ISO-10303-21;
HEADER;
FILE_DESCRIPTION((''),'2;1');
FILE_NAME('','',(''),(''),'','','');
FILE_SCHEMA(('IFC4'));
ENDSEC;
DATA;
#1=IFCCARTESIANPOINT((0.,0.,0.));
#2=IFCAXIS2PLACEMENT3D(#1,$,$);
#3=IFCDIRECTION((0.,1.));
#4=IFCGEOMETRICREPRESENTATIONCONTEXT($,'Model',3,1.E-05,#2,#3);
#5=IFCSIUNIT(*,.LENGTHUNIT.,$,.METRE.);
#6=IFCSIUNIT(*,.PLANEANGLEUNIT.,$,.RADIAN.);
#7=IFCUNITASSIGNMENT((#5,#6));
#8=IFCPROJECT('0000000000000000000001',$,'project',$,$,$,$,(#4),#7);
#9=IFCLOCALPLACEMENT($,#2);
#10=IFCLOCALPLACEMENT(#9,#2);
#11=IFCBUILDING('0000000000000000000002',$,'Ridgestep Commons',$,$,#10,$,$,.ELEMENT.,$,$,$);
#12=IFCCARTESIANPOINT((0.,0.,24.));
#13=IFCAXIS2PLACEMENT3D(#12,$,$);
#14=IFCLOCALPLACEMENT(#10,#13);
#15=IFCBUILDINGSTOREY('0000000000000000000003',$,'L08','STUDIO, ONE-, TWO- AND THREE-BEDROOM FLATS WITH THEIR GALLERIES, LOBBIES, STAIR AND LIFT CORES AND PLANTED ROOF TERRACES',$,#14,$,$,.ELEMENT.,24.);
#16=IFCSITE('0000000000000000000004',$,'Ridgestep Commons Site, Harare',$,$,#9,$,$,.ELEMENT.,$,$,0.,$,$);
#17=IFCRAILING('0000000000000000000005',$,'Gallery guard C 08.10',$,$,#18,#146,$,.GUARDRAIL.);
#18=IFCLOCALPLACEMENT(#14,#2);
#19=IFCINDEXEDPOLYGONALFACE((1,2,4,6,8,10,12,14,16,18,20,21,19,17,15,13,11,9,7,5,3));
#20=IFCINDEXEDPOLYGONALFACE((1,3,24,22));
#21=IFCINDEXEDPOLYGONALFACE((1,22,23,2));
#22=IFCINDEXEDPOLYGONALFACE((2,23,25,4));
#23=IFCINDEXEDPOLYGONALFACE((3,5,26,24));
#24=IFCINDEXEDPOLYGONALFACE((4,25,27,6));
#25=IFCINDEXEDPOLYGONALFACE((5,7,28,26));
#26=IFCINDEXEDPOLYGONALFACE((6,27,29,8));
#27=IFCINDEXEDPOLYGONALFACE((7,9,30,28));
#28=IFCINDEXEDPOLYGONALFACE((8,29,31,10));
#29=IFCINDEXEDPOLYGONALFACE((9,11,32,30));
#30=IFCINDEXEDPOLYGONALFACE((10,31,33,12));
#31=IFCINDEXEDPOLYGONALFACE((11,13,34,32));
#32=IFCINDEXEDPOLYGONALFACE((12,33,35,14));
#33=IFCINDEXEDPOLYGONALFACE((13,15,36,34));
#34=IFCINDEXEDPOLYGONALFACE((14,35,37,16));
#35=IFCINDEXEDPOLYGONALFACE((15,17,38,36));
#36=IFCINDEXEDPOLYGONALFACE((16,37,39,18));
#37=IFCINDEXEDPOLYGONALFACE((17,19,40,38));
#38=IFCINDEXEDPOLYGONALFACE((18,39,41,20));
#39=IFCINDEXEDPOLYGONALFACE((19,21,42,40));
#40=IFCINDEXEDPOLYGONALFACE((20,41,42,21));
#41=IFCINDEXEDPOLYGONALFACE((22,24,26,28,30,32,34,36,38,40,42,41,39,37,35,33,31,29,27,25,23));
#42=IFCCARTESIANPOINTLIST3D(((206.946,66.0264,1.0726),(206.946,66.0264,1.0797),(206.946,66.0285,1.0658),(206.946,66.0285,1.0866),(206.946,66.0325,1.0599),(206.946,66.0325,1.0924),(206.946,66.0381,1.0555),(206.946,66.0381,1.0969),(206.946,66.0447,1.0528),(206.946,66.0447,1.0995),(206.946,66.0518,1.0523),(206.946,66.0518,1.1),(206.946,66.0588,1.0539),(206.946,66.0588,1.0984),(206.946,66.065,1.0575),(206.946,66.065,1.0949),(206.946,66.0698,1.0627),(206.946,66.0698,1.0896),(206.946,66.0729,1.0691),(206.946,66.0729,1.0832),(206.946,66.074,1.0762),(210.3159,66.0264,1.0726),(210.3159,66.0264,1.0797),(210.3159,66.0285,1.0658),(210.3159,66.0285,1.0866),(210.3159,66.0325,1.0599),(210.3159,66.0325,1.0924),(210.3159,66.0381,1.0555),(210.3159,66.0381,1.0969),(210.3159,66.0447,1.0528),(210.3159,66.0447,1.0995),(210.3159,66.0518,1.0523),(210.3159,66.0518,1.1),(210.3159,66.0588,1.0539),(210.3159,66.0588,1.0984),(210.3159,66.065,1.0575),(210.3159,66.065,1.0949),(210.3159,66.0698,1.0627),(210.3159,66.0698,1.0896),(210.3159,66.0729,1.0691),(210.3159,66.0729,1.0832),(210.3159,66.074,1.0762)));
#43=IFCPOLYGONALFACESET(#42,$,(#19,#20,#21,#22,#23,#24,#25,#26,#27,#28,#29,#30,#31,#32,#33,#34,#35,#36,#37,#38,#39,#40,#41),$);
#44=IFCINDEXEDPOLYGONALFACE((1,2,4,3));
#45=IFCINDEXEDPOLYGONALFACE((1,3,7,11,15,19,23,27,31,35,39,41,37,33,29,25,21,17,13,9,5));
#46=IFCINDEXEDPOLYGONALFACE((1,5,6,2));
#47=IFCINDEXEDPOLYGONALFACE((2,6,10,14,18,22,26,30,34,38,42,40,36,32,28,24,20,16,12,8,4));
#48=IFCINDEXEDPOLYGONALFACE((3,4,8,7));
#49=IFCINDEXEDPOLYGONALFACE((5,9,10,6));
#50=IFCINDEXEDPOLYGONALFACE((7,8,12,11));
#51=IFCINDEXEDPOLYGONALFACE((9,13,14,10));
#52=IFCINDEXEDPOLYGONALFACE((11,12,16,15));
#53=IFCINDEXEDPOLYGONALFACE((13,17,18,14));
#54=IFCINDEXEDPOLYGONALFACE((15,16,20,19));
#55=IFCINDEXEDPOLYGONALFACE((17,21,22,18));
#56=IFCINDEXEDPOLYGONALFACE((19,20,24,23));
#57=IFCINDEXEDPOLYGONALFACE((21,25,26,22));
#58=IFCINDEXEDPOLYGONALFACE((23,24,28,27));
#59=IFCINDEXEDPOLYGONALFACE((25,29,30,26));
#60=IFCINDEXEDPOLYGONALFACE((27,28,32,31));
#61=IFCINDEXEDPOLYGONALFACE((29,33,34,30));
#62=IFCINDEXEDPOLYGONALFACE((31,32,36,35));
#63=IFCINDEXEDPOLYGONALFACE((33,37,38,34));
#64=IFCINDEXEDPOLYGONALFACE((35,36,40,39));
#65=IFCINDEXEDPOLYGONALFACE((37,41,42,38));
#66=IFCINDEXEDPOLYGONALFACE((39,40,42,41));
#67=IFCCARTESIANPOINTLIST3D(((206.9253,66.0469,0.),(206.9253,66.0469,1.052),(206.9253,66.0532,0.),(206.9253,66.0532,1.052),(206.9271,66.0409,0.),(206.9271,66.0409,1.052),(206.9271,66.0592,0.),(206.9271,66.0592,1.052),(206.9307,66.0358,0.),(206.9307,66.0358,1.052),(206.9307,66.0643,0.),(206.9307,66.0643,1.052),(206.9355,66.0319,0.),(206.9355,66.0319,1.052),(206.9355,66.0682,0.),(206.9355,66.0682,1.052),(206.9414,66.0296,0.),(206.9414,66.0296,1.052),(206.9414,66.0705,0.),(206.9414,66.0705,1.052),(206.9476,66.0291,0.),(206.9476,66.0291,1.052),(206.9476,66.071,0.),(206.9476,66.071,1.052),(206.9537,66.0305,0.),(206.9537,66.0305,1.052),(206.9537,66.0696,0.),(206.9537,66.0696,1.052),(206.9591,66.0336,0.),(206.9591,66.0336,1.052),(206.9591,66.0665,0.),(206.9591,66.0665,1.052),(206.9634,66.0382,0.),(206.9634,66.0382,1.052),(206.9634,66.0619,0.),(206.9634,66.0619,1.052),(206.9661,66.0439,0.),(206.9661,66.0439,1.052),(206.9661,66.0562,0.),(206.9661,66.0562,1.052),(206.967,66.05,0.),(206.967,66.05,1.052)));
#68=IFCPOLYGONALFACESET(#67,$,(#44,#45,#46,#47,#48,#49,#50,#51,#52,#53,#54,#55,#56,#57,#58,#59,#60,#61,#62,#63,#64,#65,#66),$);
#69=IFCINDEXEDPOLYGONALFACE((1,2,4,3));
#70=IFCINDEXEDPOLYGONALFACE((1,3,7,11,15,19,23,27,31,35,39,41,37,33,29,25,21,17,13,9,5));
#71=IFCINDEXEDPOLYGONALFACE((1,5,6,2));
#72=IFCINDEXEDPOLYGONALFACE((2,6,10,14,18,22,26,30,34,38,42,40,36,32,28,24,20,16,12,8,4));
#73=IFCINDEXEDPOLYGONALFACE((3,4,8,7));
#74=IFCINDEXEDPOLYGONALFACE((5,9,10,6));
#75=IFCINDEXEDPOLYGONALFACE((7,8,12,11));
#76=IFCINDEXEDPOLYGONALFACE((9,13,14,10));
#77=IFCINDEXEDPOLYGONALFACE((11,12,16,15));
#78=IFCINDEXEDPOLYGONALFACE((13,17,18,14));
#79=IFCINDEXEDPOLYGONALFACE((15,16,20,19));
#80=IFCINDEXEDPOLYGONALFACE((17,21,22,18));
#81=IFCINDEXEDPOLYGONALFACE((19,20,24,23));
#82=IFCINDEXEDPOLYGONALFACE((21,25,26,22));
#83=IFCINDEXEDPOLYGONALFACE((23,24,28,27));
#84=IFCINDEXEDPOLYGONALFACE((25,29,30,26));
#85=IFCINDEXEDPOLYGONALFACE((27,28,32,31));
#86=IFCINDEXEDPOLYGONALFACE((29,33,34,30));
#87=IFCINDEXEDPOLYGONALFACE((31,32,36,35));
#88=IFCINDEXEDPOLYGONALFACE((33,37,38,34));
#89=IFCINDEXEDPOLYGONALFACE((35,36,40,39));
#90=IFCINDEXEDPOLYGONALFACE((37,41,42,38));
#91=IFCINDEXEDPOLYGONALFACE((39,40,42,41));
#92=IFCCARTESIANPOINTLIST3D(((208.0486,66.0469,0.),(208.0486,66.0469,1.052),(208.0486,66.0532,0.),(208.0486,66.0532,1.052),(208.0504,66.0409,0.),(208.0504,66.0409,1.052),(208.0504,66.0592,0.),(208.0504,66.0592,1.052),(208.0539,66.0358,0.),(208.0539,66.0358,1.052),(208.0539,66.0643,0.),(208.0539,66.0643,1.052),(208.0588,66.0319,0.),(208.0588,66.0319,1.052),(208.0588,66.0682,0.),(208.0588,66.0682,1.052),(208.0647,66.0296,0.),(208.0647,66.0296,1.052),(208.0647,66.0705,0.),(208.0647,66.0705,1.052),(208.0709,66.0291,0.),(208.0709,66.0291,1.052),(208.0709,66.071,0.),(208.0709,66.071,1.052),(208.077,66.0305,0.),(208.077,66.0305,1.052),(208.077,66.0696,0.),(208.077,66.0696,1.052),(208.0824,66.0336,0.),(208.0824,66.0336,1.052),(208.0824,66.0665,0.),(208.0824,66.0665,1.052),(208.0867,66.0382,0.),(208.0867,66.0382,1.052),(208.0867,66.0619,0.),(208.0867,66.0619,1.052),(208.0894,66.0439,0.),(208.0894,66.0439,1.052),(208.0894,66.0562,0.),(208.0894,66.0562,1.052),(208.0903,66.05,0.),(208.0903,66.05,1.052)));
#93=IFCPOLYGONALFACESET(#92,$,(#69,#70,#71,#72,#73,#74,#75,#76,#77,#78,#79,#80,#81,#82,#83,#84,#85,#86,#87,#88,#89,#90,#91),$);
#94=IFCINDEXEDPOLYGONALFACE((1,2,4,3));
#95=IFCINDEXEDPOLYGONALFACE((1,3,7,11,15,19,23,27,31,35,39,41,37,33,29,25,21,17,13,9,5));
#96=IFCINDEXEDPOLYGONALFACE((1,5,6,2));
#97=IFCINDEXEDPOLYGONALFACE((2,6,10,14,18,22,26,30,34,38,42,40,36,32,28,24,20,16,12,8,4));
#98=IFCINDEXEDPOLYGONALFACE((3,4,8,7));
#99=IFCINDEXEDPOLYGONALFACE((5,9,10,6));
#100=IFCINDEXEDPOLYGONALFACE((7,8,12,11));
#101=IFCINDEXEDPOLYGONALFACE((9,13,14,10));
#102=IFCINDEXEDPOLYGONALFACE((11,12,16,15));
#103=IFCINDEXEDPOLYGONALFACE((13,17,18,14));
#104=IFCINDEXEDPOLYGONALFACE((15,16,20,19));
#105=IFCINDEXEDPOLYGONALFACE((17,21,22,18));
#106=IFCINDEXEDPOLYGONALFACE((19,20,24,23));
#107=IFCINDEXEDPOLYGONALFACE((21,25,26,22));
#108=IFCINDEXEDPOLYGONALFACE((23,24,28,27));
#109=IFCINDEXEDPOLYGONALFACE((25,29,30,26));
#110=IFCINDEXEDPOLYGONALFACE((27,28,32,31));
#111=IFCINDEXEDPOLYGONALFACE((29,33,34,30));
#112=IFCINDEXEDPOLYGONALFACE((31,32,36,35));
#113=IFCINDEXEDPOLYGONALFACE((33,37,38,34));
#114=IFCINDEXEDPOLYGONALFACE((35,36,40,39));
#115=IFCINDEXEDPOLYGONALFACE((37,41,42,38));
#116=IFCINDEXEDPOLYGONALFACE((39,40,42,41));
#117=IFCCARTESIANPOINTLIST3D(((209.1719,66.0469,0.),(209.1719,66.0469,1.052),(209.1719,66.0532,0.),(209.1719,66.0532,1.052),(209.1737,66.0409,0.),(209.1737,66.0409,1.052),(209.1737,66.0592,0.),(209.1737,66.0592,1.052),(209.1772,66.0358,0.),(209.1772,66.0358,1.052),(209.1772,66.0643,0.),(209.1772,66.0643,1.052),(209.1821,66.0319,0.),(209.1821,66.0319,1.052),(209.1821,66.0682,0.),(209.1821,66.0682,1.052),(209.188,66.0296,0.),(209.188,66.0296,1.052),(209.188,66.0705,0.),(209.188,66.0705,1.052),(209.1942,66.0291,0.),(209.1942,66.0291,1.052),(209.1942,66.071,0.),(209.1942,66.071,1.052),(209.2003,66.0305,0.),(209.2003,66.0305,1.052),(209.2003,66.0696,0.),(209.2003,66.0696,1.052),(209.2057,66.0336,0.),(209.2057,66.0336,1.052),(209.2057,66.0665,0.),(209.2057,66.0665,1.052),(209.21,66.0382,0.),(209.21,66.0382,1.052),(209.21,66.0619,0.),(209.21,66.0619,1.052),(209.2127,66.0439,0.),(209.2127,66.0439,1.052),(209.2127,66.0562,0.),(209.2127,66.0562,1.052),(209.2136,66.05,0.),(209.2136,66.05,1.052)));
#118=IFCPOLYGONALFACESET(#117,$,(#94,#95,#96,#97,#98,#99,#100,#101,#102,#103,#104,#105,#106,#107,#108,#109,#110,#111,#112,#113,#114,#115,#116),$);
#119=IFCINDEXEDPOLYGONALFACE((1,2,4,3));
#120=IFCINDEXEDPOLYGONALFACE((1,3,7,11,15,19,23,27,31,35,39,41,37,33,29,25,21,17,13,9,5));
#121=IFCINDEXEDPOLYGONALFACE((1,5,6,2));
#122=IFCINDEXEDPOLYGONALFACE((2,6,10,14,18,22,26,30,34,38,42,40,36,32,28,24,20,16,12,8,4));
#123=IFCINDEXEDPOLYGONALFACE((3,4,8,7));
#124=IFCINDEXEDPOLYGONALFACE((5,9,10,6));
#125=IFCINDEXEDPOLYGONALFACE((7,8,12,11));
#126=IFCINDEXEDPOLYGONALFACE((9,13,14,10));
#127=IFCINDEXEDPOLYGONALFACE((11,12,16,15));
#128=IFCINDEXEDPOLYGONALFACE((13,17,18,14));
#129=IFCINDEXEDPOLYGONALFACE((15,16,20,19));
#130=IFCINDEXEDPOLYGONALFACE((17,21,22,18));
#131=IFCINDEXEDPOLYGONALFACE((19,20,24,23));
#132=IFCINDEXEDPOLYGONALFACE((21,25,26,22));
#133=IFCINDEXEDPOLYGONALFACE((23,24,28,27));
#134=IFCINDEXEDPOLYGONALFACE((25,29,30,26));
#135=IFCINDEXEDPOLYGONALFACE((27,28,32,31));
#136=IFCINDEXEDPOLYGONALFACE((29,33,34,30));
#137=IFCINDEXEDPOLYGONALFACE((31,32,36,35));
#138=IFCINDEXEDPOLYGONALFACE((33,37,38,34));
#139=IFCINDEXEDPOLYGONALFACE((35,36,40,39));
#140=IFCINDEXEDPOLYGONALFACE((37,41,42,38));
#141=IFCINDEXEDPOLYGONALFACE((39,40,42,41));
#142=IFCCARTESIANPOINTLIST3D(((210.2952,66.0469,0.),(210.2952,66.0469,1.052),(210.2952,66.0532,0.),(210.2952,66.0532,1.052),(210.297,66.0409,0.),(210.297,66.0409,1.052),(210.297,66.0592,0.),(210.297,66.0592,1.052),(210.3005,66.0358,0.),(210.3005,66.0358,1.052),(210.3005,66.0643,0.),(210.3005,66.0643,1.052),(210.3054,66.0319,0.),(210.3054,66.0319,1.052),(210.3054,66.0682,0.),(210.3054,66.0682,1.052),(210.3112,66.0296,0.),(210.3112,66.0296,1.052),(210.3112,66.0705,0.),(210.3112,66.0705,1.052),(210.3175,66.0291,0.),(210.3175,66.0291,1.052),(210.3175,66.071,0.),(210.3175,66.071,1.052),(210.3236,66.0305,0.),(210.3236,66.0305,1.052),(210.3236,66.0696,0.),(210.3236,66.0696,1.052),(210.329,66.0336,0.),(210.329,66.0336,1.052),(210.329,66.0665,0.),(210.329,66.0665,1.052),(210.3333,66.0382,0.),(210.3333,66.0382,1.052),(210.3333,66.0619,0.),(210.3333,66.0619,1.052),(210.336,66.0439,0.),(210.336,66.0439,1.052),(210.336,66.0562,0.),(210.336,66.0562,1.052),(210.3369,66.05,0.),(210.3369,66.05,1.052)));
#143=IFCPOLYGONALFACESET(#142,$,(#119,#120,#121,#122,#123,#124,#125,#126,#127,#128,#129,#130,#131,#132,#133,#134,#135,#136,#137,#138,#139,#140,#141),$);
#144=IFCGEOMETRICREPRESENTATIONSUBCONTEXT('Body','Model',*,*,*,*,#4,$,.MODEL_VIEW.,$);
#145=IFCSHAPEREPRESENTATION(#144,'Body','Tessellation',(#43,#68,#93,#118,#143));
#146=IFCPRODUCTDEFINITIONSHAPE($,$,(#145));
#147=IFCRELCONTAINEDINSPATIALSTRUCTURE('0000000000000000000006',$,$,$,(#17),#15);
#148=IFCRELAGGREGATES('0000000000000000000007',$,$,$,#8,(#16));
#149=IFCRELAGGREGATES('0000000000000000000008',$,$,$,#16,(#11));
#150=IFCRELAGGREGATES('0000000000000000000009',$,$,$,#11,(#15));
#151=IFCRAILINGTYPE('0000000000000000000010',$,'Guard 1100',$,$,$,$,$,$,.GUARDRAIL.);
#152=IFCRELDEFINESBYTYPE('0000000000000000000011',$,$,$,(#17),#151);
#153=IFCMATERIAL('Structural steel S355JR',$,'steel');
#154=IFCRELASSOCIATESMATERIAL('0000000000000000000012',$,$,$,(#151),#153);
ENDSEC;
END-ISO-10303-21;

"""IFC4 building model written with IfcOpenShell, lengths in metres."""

from ifc_helpers import new_model, si_unit, direction, frame, origin, origin_2d, place, context, subcontext, project, spatial, circle, extrude, material, type_object, element, save


model = new_model("IFC4")

# Units and contexts
model_context = context("Model", 3, precision=1e-05, world=origin(), true_north=direction((0.0, 1.0)))
body_context = subcontext(model_context, "Body", "Model", "MODEL_VIEW")
ifc_project = project(units=[si_unit("LENGTHUNIT", "METRE"), si_unit("PLANEANGLEUNIT", "RADIAN")], contexts=[model_context])

# Site, building, storey
site_placement = place(None, origin())
site = spatial("IfcSite", under=ifc_project, at=site_placement, Name="Ridgestep Commons Site, Harare", CompositionType="ELEMENT", RefElevation=0.0)
building_placement = place(site_placement, origin())
building = spatial("IfcBuilding", under=site, at=building_placement, Name="Ridgestep Commons", CompositionType="ELEMENT")
storey_placement = place(building_placement, frame((0.0, 0.0, 24.0)))
storey = spatial("IfcBuildingStorey", under=building, at=storey_placement, Name="L08", Description="STUDIO, ONE-, TWO- AND THREE-BEDROOM FLATS WITH THEIR GALLERIES, LOBBIES, STAIR AND LIFT CORES AND PLANTED ROOF TERRACES", CompositionType="ELEMENT", Elevation=24.0)

# Railing
ifc_material_1 = material(Name="Structural steel S355JR", Category="steel")
railing_type_1 = type_object("IfcRailingType", Name="Guard 1100", PredefinedType="GUARDRAIL", material=ifc_material_1)
railing_1_placement = place(storey_placement, frame((206.946, 66.05, 0.0)))
element("IfcRailing", 1, at=railing_1_placement, inside=storey, type_object=railing_type_1, Name="Gallery guard C 08.10", PredefinedType="GUARDRAIL", context=body_context, shape_type="SweptSolid", body=[
    extrude(circle(Radius=0.0239, at=origin_2d()), frame((0.0, 0.0, 1.0762), z_axis=(1.0, 0.0, 0.0), x_axis=(0.0, 1.0, 0.0)), (0.0, 0.0, 1.0), 3.3699),
    extrude(circle(Radius=0.021, at=origin_2d()), origin(), (0.0, 0.0, 1.0), 1.052),
    extrude(circle(Radius=0.021, at=origin_2d()), frame((1.1233, 0.0, 0.0)), (0.0, 0.0, 1.0), 1.052),
    extrude(circle(Radius=0.021, at=origin_2d()), frame((2.2466, 0.0, 0.0)), (0.0, 0.0, 1.0), 1.052),
    extrude(circle(Radius=0.021, at=origin_2d()), frame((3.3699, 0.0, 0.0)), (0.0, 0.0, 1.0), 1.052),
])

save(model, "model.ifc")
